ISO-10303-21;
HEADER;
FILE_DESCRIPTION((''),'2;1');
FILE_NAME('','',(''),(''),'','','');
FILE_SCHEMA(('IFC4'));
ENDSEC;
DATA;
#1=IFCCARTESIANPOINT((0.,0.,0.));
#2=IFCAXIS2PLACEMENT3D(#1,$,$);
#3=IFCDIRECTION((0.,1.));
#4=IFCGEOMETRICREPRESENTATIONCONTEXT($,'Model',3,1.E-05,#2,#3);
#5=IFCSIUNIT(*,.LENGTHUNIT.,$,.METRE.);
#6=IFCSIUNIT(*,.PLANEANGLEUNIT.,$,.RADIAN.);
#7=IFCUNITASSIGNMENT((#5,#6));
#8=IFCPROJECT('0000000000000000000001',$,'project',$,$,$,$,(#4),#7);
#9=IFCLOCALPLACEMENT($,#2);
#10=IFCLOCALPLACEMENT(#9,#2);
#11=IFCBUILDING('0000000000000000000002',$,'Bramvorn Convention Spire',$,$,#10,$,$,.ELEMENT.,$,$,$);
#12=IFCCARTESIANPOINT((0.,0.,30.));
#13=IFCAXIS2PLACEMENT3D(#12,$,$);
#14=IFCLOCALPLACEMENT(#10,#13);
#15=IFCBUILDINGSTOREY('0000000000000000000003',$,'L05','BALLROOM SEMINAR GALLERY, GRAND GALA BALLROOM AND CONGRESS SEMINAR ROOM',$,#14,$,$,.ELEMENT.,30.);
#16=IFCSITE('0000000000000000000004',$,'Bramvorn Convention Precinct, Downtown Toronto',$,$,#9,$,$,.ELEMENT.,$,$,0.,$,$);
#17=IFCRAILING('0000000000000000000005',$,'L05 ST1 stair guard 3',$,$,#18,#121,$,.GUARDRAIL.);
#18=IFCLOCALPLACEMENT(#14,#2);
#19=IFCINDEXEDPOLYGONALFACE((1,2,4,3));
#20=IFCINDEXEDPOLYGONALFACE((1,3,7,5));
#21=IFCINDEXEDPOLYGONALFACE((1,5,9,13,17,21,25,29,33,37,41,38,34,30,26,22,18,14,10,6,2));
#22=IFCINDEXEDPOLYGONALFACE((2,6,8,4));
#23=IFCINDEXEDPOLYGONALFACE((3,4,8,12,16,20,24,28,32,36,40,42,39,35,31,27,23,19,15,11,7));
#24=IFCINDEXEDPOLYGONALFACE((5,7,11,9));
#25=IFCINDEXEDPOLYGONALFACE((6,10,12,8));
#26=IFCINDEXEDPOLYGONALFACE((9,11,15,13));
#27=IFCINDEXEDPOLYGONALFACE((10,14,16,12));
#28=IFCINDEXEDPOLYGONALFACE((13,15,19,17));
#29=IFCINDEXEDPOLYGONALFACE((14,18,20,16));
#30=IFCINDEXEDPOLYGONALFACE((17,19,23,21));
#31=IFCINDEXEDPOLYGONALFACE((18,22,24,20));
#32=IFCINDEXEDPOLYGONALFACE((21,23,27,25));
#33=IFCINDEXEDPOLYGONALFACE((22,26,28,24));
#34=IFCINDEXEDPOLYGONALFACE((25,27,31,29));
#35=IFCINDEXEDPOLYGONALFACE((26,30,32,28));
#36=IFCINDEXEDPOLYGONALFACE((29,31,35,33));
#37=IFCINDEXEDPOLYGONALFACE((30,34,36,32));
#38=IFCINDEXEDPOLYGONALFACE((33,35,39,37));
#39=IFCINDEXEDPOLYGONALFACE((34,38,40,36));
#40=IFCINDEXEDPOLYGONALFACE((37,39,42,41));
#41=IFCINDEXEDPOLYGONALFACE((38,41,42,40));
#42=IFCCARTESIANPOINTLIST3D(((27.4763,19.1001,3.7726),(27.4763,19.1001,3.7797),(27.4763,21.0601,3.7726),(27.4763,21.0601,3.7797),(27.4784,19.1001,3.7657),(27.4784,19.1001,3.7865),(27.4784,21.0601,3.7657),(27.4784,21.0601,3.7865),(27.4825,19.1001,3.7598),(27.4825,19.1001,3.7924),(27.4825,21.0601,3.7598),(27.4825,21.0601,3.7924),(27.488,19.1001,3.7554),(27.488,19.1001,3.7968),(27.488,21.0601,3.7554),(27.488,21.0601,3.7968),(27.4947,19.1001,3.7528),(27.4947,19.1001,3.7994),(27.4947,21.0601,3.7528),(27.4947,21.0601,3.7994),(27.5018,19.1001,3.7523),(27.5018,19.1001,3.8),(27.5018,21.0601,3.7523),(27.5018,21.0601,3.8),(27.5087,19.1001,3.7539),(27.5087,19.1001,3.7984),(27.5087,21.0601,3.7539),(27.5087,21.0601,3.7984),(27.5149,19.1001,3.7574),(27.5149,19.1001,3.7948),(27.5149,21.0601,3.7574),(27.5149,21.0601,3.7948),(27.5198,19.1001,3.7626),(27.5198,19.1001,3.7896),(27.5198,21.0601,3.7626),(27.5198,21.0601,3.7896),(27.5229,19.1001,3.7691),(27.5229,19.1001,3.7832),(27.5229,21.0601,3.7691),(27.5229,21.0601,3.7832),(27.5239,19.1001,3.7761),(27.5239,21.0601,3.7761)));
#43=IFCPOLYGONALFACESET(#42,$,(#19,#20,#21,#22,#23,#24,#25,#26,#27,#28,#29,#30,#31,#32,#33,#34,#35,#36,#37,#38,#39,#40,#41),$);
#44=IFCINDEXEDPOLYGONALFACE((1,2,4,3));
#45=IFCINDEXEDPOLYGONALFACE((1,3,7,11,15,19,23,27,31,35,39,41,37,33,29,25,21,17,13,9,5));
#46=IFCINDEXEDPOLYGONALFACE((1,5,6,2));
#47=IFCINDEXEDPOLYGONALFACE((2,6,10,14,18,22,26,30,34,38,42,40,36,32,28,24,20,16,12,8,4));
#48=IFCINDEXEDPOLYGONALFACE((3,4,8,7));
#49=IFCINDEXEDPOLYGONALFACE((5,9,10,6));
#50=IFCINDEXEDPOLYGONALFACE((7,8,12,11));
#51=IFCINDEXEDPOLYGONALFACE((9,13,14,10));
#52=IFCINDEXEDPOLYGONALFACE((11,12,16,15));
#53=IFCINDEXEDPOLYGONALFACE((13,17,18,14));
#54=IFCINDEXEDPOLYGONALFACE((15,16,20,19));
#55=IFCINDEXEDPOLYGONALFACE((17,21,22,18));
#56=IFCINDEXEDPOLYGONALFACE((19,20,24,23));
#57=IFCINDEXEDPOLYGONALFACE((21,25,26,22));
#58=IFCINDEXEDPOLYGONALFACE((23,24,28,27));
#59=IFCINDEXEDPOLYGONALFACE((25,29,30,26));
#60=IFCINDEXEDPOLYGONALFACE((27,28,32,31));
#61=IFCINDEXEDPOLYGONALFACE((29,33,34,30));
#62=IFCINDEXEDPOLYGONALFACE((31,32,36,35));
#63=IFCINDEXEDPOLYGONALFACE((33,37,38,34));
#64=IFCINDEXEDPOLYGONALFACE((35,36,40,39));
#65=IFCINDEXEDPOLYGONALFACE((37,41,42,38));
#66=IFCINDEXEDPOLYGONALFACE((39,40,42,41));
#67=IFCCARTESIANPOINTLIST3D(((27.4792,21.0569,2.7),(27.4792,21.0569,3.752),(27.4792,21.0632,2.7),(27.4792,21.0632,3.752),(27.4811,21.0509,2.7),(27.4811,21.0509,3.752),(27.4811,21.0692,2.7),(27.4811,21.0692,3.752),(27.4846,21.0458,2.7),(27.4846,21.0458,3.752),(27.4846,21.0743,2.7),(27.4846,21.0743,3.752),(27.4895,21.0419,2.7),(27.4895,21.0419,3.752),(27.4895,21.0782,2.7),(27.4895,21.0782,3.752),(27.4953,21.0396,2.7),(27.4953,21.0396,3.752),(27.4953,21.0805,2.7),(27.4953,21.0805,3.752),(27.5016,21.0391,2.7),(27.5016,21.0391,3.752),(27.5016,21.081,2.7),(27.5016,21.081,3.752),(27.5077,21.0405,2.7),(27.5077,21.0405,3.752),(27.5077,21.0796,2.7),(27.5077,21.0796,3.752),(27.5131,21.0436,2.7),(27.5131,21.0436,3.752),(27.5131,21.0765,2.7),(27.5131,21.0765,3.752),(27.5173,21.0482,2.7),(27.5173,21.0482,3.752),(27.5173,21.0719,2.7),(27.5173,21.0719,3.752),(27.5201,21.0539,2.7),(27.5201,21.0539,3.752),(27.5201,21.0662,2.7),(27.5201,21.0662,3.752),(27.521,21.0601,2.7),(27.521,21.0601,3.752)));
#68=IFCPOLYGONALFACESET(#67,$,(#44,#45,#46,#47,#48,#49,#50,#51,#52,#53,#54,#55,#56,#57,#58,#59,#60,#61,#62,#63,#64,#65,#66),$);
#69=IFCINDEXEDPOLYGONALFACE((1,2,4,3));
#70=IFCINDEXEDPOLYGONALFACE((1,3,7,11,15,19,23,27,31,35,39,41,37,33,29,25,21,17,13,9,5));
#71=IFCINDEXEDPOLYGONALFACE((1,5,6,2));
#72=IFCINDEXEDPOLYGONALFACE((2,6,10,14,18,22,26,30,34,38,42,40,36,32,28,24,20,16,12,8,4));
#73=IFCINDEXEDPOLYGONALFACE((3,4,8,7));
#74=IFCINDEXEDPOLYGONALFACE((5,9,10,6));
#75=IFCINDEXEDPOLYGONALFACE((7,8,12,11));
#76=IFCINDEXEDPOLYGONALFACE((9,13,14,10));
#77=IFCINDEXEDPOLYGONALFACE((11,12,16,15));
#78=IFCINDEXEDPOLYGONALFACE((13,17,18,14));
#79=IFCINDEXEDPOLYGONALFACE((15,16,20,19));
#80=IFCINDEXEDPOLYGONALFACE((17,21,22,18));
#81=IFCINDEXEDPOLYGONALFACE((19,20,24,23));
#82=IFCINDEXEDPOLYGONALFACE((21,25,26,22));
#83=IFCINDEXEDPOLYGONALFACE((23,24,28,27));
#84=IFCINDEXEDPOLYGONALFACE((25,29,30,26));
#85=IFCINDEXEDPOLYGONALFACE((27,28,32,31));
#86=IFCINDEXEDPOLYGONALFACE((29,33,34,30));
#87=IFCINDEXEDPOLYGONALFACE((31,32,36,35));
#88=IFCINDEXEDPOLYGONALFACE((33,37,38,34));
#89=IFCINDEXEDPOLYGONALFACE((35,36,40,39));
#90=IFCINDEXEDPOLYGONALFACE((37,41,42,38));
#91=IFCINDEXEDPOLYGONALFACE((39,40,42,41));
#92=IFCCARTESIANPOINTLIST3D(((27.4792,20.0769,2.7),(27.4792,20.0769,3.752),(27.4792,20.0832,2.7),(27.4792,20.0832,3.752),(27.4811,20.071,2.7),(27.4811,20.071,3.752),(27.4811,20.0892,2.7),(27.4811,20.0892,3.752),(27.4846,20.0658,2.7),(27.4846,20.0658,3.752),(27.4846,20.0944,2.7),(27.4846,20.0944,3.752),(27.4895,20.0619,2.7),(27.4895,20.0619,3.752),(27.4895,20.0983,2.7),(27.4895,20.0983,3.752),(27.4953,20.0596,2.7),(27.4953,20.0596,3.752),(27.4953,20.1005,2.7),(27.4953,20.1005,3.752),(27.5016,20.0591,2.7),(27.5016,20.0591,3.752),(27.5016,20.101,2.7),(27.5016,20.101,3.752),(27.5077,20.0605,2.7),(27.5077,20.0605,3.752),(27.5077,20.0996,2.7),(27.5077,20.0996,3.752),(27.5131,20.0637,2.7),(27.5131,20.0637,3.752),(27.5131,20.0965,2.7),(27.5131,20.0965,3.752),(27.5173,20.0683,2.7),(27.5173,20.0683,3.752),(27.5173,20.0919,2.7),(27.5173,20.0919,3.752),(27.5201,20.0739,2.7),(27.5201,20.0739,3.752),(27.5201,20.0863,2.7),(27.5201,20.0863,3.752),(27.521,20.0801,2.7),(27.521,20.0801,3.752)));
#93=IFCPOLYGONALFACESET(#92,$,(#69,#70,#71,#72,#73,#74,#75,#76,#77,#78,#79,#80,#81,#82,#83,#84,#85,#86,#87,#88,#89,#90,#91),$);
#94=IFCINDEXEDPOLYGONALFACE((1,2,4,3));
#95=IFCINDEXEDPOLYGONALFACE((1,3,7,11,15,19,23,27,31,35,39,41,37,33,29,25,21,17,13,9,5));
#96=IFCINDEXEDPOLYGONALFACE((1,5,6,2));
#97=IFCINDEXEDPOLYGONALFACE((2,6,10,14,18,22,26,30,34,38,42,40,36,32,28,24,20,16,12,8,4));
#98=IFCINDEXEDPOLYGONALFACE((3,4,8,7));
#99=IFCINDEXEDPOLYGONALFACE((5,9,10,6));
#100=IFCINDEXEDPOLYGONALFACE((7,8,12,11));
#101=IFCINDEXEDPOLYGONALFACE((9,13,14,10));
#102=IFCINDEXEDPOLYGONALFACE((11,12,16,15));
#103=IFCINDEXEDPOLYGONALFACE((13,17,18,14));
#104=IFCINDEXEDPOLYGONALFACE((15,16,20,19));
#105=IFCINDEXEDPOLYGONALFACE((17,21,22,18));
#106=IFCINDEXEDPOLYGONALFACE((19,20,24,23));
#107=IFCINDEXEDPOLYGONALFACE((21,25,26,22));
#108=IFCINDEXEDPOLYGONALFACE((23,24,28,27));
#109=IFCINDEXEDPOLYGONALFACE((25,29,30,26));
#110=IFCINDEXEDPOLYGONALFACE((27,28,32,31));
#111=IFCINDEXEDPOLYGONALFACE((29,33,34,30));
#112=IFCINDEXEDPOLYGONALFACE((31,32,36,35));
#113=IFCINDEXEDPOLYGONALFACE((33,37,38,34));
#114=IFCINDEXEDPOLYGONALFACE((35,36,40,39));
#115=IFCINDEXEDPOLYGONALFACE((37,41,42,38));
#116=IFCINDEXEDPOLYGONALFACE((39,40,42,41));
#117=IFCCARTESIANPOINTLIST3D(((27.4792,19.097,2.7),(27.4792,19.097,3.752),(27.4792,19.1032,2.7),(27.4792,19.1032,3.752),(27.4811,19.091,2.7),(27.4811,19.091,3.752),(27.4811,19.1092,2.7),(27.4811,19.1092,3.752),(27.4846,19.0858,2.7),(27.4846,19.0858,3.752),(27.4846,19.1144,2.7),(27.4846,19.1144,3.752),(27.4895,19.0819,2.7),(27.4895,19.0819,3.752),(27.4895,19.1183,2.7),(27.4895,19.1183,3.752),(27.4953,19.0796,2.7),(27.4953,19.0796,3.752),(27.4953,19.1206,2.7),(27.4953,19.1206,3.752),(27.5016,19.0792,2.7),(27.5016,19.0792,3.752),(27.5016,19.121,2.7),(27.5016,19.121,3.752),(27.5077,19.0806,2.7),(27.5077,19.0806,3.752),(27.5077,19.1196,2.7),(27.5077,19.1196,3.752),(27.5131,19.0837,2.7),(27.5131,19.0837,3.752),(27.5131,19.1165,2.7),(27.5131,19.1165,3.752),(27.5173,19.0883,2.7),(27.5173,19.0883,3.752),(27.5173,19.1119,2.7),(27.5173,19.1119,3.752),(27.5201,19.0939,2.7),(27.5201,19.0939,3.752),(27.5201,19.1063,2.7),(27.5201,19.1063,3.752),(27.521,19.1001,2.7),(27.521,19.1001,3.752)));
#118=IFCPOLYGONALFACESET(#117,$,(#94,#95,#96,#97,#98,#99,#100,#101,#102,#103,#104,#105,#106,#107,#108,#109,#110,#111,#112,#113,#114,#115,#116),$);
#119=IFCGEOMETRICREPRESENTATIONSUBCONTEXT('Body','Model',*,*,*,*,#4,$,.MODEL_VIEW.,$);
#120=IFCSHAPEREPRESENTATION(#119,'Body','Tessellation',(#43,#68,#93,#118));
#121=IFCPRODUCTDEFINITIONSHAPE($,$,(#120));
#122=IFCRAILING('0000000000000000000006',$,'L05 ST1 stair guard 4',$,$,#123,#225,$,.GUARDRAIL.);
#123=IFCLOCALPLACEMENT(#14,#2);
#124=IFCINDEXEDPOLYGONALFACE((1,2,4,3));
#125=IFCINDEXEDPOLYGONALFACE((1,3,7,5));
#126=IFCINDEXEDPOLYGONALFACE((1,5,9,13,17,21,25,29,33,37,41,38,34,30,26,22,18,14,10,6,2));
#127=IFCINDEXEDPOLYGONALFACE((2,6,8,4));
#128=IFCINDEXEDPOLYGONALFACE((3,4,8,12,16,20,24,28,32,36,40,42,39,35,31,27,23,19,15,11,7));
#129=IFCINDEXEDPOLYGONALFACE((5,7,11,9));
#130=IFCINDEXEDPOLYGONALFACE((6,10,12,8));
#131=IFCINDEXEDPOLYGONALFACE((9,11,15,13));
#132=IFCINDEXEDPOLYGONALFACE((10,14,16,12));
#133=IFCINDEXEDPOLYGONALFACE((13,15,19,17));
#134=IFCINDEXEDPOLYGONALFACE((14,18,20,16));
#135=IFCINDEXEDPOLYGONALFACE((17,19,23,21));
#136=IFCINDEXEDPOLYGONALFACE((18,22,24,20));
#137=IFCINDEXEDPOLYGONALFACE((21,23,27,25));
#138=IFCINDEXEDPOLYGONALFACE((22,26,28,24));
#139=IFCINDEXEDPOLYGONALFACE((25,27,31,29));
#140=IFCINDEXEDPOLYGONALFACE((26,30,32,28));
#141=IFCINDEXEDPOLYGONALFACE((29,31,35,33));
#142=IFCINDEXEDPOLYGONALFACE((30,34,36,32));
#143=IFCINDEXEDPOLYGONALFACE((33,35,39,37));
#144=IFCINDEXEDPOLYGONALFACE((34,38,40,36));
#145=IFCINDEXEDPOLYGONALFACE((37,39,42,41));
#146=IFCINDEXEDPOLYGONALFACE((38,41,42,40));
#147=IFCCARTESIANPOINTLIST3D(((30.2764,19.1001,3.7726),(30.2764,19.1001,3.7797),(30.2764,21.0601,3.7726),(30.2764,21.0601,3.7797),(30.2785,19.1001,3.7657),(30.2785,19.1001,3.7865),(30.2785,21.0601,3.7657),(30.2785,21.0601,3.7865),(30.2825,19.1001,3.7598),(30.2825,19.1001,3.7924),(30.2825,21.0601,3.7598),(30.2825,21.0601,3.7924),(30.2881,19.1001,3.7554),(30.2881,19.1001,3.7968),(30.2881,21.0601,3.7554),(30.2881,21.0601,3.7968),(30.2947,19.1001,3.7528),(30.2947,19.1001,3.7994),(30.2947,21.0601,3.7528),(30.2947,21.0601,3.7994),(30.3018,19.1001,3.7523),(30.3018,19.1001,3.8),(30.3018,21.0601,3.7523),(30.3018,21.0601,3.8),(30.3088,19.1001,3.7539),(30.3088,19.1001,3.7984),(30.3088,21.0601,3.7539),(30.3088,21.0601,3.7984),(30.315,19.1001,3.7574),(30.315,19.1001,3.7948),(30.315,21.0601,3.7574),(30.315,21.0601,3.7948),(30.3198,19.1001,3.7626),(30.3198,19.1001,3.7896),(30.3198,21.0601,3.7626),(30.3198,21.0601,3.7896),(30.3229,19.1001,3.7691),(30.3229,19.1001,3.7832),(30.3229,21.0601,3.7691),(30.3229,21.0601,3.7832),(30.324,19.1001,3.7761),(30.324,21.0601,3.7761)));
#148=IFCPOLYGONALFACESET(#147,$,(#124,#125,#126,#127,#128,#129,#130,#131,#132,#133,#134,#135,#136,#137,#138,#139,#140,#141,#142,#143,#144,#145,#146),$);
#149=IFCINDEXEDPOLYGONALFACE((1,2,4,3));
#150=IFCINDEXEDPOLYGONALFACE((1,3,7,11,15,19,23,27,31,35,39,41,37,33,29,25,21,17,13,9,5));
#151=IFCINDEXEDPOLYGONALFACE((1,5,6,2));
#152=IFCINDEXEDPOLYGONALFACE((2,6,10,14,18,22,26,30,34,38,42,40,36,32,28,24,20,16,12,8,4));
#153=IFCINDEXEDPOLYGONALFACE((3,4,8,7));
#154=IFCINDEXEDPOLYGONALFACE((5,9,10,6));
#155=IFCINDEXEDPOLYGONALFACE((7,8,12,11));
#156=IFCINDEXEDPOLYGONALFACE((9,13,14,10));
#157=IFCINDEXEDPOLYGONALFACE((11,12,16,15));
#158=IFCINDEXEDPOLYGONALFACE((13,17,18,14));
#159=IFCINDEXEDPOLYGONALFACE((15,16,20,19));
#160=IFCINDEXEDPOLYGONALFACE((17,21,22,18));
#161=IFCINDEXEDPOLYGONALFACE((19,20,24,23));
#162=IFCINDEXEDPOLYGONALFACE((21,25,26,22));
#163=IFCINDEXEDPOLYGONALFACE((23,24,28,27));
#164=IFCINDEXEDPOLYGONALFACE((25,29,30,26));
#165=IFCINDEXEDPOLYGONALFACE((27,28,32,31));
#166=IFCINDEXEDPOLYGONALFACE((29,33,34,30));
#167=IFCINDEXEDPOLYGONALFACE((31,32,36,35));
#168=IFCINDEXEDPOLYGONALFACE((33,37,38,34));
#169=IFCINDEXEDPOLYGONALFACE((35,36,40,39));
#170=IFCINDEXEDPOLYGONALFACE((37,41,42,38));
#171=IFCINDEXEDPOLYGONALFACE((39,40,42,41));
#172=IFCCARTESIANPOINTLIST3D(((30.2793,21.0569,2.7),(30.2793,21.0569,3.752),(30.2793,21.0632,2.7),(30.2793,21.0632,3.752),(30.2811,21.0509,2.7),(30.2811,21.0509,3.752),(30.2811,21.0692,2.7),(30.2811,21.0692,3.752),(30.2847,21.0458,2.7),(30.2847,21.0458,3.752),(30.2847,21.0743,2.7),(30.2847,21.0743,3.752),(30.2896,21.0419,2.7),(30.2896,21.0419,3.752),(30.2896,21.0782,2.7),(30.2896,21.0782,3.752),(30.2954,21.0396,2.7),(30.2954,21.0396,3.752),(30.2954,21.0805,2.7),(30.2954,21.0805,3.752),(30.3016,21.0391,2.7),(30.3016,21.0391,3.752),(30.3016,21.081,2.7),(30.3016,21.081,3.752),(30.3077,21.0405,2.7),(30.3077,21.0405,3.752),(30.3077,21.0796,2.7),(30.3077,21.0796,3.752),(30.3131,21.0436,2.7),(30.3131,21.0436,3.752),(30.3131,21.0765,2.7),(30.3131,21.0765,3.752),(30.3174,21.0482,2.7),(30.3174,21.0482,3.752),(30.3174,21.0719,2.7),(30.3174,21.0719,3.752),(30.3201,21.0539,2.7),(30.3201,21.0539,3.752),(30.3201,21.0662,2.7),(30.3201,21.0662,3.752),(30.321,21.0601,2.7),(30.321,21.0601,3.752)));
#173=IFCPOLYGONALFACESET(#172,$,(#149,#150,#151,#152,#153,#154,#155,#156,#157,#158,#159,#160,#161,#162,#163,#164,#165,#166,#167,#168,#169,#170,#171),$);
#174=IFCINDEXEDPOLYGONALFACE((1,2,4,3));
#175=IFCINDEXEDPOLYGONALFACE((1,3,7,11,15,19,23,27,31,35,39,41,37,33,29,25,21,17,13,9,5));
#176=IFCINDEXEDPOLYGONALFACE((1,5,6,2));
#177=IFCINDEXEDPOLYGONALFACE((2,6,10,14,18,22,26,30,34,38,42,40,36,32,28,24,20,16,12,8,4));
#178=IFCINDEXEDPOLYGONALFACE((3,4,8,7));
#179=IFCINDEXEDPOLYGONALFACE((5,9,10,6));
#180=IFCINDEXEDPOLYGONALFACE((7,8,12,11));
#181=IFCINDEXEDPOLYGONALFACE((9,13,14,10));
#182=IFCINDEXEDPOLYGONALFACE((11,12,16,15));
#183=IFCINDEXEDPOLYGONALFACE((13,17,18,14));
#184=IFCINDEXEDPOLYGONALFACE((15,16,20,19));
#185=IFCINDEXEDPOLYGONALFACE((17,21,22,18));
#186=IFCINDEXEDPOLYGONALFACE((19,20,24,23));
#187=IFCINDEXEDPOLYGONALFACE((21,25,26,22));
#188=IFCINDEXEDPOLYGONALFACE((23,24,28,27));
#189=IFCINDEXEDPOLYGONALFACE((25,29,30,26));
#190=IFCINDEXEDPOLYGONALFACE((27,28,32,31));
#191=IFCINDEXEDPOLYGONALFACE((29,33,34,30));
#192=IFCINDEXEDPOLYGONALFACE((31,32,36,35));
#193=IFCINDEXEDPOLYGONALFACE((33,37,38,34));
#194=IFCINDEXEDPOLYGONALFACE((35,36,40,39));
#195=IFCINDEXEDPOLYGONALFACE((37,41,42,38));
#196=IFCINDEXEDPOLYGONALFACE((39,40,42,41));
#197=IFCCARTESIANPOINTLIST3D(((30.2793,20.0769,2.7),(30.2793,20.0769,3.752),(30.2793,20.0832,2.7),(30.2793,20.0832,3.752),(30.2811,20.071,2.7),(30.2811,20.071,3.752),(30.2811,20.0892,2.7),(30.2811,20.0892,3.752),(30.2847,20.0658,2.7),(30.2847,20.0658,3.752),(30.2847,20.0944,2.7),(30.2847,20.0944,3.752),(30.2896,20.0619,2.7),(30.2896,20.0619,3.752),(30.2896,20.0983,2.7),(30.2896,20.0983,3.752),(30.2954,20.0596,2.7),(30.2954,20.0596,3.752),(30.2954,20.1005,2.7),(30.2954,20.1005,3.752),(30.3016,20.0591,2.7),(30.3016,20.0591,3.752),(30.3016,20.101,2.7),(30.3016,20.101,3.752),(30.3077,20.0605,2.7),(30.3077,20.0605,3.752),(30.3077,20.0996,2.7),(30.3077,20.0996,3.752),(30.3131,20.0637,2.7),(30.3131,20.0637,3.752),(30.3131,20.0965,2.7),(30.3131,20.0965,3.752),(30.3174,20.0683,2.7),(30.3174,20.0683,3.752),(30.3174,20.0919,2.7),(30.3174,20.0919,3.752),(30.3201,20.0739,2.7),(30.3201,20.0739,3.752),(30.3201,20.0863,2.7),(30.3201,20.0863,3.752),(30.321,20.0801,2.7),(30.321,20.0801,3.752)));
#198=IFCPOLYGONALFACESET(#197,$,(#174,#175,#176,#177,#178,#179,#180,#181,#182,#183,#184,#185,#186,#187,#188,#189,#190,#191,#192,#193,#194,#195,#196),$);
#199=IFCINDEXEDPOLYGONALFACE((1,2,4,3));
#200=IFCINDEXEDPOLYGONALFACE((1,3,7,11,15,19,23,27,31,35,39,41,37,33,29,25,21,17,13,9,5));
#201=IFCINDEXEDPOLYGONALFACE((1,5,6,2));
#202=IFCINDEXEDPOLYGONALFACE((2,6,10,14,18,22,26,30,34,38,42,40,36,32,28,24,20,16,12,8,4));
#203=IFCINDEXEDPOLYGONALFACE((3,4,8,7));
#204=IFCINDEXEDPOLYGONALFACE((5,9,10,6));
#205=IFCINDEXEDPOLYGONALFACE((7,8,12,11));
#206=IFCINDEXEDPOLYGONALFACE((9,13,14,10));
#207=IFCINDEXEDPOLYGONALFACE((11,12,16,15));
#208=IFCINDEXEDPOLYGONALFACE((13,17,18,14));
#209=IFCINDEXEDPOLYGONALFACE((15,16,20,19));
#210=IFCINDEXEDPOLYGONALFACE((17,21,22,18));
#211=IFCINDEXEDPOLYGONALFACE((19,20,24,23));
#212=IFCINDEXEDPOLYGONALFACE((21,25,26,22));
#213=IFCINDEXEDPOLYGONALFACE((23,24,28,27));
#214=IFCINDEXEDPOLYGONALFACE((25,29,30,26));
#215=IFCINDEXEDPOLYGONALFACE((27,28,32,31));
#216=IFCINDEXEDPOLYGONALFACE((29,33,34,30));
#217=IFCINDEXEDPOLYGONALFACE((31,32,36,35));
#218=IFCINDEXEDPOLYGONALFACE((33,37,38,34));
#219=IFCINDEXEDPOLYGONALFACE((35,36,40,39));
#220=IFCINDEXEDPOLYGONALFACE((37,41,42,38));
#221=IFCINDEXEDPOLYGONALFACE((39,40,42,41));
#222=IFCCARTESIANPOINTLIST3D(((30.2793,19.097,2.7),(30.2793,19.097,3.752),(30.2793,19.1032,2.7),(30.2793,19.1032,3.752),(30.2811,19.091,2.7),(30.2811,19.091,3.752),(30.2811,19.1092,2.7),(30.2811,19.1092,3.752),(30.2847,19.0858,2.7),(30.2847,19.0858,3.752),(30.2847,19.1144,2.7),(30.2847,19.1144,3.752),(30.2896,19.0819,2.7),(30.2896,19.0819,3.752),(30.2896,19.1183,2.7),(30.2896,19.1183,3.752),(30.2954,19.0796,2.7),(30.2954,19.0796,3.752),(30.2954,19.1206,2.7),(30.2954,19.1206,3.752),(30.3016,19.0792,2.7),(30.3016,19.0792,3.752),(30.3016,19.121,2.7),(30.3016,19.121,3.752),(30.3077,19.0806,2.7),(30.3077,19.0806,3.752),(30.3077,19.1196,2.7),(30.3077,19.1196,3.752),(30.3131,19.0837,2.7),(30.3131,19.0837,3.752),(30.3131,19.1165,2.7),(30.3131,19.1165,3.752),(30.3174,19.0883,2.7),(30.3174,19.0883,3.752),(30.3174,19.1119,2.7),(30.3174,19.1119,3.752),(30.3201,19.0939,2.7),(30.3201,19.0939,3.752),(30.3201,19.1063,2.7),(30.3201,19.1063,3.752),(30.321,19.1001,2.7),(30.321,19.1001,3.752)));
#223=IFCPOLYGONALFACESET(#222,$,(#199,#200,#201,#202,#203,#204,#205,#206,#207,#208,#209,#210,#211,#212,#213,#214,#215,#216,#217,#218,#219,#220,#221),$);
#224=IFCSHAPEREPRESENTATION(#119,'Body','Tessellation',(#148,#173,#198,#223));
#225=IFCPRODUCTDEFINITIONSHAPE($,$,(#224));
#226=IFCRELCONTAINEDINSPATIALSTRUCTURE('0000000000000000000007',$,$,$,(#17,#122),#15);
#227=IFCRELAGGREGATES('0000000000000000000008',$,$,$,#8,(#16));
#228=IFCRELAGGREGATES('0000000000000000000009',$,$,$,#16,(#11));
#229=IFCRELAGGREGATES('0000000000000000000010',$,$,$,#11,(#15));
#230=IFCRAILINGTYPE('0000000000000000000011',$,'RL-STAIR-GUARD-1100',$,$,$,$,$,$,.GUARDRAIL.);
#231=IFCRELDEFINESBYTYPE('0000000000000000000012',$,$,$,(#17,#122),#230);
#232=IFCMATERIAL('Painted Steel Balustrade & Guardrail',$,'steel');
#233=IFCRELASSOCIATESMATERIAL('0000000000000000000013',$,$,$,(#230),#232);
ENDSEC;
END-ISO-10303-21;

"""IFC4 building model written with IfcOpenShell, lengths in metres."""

from ifc_helpers import new_model, si_unit, direction, frame, origin, origin_2d, place, context, subcontext, project, spatial, circle, extrude, material, type_object, element, save


model = new_model("IFC4")

# Units and contexts
model_context = context("Model", 3, precision=1e-05, world=origin(), true_north=direction((0.0, 1.0)))
body_context = subcontext(model_context, "Body", "Model", "MODEL_VIEW")
ifc_project = project(units=[si_unit("LENGTHUNIT", "METRE"), si_unit("PLANEANGLEUNIT", "RADIAN")], contexts=[model_context])

# Site, building, storey
site_placement = place(None, origin())
site = spatial("IfcSite", under=ifc_project, at=site_placement, Name="Bramvorn Convention Precinct, Downtown Toronto", CompositionType="ELEMENT", RefElevation=0.0)
building_placement = place(site_placement, origin())
building = spatial("IfcBuilding", under=site, at=building_placement, Name="Bramvorn Convention Spire", CompositionType="ELEMENT")
storey_placement = place(building_placement, frame((0.0, 0.0, 30.0)))
storey = spatial("IfcBuildingStorey", under=building, at=storey_placement, Name="L05", Description="BALLROOM SEMINAR GALLERY, GRAND GALA BALLROOM AND CONGRESS SEMINAR ROOM", CompositionType="ELEMENT", Elevation=30.0)

# Railings
ifc_material_1 = material(Name="Painted Steel Balustrade & Guardrail", Category="steel")
railing_type_1 = type_object("IfcRailingType", Name="RL-STAIR-GUARD-1100", PredefinedType="GUARDRAIL", material=ifc_material_1)
for number, where, name in (
    (1, (27.5, 21.0601, 2.7), "L05 ST1 stair guard 3"),
    (2, (30.3, 21.0601, 2.7), "L05 ST1 stair guard 4"),
):
    element("IfcRailing", number, at=place(storey_placement, frame(where)), inside=storey, type_object=railing_type_1, Name=name, PredefinedType="GUARDRAIL", context=body_context, shape_type="SweptSolid", body=[
        extrude(circle(Radius=0.0239, at=origin_2d()), frame((0.0, 0.0, 1.0762), z_axis=(0.0, -1.0, 0.0), x_axis=(1.0, 0.0, 0.0)), (0.0, 0.0, 1.0), 1.96),
        extrude(circle(Radius=0.021, at=origin_2d()), origin(), (0.0, 0.0, 1.0), 1.052),
        extrude(circle(Radius=0.021, at=origin_2d()), frame((0.0, -0.98, 0.0)), (0.0, 0.0, 1.0), 1.052),
        extrude(circle(Radius=0.021, at=origin_2d()), frame((0.0, -1.96, 0.0)), (0.0, 0.0, 1.0), 1.052),
    ])

save(model, "model.ifc")
